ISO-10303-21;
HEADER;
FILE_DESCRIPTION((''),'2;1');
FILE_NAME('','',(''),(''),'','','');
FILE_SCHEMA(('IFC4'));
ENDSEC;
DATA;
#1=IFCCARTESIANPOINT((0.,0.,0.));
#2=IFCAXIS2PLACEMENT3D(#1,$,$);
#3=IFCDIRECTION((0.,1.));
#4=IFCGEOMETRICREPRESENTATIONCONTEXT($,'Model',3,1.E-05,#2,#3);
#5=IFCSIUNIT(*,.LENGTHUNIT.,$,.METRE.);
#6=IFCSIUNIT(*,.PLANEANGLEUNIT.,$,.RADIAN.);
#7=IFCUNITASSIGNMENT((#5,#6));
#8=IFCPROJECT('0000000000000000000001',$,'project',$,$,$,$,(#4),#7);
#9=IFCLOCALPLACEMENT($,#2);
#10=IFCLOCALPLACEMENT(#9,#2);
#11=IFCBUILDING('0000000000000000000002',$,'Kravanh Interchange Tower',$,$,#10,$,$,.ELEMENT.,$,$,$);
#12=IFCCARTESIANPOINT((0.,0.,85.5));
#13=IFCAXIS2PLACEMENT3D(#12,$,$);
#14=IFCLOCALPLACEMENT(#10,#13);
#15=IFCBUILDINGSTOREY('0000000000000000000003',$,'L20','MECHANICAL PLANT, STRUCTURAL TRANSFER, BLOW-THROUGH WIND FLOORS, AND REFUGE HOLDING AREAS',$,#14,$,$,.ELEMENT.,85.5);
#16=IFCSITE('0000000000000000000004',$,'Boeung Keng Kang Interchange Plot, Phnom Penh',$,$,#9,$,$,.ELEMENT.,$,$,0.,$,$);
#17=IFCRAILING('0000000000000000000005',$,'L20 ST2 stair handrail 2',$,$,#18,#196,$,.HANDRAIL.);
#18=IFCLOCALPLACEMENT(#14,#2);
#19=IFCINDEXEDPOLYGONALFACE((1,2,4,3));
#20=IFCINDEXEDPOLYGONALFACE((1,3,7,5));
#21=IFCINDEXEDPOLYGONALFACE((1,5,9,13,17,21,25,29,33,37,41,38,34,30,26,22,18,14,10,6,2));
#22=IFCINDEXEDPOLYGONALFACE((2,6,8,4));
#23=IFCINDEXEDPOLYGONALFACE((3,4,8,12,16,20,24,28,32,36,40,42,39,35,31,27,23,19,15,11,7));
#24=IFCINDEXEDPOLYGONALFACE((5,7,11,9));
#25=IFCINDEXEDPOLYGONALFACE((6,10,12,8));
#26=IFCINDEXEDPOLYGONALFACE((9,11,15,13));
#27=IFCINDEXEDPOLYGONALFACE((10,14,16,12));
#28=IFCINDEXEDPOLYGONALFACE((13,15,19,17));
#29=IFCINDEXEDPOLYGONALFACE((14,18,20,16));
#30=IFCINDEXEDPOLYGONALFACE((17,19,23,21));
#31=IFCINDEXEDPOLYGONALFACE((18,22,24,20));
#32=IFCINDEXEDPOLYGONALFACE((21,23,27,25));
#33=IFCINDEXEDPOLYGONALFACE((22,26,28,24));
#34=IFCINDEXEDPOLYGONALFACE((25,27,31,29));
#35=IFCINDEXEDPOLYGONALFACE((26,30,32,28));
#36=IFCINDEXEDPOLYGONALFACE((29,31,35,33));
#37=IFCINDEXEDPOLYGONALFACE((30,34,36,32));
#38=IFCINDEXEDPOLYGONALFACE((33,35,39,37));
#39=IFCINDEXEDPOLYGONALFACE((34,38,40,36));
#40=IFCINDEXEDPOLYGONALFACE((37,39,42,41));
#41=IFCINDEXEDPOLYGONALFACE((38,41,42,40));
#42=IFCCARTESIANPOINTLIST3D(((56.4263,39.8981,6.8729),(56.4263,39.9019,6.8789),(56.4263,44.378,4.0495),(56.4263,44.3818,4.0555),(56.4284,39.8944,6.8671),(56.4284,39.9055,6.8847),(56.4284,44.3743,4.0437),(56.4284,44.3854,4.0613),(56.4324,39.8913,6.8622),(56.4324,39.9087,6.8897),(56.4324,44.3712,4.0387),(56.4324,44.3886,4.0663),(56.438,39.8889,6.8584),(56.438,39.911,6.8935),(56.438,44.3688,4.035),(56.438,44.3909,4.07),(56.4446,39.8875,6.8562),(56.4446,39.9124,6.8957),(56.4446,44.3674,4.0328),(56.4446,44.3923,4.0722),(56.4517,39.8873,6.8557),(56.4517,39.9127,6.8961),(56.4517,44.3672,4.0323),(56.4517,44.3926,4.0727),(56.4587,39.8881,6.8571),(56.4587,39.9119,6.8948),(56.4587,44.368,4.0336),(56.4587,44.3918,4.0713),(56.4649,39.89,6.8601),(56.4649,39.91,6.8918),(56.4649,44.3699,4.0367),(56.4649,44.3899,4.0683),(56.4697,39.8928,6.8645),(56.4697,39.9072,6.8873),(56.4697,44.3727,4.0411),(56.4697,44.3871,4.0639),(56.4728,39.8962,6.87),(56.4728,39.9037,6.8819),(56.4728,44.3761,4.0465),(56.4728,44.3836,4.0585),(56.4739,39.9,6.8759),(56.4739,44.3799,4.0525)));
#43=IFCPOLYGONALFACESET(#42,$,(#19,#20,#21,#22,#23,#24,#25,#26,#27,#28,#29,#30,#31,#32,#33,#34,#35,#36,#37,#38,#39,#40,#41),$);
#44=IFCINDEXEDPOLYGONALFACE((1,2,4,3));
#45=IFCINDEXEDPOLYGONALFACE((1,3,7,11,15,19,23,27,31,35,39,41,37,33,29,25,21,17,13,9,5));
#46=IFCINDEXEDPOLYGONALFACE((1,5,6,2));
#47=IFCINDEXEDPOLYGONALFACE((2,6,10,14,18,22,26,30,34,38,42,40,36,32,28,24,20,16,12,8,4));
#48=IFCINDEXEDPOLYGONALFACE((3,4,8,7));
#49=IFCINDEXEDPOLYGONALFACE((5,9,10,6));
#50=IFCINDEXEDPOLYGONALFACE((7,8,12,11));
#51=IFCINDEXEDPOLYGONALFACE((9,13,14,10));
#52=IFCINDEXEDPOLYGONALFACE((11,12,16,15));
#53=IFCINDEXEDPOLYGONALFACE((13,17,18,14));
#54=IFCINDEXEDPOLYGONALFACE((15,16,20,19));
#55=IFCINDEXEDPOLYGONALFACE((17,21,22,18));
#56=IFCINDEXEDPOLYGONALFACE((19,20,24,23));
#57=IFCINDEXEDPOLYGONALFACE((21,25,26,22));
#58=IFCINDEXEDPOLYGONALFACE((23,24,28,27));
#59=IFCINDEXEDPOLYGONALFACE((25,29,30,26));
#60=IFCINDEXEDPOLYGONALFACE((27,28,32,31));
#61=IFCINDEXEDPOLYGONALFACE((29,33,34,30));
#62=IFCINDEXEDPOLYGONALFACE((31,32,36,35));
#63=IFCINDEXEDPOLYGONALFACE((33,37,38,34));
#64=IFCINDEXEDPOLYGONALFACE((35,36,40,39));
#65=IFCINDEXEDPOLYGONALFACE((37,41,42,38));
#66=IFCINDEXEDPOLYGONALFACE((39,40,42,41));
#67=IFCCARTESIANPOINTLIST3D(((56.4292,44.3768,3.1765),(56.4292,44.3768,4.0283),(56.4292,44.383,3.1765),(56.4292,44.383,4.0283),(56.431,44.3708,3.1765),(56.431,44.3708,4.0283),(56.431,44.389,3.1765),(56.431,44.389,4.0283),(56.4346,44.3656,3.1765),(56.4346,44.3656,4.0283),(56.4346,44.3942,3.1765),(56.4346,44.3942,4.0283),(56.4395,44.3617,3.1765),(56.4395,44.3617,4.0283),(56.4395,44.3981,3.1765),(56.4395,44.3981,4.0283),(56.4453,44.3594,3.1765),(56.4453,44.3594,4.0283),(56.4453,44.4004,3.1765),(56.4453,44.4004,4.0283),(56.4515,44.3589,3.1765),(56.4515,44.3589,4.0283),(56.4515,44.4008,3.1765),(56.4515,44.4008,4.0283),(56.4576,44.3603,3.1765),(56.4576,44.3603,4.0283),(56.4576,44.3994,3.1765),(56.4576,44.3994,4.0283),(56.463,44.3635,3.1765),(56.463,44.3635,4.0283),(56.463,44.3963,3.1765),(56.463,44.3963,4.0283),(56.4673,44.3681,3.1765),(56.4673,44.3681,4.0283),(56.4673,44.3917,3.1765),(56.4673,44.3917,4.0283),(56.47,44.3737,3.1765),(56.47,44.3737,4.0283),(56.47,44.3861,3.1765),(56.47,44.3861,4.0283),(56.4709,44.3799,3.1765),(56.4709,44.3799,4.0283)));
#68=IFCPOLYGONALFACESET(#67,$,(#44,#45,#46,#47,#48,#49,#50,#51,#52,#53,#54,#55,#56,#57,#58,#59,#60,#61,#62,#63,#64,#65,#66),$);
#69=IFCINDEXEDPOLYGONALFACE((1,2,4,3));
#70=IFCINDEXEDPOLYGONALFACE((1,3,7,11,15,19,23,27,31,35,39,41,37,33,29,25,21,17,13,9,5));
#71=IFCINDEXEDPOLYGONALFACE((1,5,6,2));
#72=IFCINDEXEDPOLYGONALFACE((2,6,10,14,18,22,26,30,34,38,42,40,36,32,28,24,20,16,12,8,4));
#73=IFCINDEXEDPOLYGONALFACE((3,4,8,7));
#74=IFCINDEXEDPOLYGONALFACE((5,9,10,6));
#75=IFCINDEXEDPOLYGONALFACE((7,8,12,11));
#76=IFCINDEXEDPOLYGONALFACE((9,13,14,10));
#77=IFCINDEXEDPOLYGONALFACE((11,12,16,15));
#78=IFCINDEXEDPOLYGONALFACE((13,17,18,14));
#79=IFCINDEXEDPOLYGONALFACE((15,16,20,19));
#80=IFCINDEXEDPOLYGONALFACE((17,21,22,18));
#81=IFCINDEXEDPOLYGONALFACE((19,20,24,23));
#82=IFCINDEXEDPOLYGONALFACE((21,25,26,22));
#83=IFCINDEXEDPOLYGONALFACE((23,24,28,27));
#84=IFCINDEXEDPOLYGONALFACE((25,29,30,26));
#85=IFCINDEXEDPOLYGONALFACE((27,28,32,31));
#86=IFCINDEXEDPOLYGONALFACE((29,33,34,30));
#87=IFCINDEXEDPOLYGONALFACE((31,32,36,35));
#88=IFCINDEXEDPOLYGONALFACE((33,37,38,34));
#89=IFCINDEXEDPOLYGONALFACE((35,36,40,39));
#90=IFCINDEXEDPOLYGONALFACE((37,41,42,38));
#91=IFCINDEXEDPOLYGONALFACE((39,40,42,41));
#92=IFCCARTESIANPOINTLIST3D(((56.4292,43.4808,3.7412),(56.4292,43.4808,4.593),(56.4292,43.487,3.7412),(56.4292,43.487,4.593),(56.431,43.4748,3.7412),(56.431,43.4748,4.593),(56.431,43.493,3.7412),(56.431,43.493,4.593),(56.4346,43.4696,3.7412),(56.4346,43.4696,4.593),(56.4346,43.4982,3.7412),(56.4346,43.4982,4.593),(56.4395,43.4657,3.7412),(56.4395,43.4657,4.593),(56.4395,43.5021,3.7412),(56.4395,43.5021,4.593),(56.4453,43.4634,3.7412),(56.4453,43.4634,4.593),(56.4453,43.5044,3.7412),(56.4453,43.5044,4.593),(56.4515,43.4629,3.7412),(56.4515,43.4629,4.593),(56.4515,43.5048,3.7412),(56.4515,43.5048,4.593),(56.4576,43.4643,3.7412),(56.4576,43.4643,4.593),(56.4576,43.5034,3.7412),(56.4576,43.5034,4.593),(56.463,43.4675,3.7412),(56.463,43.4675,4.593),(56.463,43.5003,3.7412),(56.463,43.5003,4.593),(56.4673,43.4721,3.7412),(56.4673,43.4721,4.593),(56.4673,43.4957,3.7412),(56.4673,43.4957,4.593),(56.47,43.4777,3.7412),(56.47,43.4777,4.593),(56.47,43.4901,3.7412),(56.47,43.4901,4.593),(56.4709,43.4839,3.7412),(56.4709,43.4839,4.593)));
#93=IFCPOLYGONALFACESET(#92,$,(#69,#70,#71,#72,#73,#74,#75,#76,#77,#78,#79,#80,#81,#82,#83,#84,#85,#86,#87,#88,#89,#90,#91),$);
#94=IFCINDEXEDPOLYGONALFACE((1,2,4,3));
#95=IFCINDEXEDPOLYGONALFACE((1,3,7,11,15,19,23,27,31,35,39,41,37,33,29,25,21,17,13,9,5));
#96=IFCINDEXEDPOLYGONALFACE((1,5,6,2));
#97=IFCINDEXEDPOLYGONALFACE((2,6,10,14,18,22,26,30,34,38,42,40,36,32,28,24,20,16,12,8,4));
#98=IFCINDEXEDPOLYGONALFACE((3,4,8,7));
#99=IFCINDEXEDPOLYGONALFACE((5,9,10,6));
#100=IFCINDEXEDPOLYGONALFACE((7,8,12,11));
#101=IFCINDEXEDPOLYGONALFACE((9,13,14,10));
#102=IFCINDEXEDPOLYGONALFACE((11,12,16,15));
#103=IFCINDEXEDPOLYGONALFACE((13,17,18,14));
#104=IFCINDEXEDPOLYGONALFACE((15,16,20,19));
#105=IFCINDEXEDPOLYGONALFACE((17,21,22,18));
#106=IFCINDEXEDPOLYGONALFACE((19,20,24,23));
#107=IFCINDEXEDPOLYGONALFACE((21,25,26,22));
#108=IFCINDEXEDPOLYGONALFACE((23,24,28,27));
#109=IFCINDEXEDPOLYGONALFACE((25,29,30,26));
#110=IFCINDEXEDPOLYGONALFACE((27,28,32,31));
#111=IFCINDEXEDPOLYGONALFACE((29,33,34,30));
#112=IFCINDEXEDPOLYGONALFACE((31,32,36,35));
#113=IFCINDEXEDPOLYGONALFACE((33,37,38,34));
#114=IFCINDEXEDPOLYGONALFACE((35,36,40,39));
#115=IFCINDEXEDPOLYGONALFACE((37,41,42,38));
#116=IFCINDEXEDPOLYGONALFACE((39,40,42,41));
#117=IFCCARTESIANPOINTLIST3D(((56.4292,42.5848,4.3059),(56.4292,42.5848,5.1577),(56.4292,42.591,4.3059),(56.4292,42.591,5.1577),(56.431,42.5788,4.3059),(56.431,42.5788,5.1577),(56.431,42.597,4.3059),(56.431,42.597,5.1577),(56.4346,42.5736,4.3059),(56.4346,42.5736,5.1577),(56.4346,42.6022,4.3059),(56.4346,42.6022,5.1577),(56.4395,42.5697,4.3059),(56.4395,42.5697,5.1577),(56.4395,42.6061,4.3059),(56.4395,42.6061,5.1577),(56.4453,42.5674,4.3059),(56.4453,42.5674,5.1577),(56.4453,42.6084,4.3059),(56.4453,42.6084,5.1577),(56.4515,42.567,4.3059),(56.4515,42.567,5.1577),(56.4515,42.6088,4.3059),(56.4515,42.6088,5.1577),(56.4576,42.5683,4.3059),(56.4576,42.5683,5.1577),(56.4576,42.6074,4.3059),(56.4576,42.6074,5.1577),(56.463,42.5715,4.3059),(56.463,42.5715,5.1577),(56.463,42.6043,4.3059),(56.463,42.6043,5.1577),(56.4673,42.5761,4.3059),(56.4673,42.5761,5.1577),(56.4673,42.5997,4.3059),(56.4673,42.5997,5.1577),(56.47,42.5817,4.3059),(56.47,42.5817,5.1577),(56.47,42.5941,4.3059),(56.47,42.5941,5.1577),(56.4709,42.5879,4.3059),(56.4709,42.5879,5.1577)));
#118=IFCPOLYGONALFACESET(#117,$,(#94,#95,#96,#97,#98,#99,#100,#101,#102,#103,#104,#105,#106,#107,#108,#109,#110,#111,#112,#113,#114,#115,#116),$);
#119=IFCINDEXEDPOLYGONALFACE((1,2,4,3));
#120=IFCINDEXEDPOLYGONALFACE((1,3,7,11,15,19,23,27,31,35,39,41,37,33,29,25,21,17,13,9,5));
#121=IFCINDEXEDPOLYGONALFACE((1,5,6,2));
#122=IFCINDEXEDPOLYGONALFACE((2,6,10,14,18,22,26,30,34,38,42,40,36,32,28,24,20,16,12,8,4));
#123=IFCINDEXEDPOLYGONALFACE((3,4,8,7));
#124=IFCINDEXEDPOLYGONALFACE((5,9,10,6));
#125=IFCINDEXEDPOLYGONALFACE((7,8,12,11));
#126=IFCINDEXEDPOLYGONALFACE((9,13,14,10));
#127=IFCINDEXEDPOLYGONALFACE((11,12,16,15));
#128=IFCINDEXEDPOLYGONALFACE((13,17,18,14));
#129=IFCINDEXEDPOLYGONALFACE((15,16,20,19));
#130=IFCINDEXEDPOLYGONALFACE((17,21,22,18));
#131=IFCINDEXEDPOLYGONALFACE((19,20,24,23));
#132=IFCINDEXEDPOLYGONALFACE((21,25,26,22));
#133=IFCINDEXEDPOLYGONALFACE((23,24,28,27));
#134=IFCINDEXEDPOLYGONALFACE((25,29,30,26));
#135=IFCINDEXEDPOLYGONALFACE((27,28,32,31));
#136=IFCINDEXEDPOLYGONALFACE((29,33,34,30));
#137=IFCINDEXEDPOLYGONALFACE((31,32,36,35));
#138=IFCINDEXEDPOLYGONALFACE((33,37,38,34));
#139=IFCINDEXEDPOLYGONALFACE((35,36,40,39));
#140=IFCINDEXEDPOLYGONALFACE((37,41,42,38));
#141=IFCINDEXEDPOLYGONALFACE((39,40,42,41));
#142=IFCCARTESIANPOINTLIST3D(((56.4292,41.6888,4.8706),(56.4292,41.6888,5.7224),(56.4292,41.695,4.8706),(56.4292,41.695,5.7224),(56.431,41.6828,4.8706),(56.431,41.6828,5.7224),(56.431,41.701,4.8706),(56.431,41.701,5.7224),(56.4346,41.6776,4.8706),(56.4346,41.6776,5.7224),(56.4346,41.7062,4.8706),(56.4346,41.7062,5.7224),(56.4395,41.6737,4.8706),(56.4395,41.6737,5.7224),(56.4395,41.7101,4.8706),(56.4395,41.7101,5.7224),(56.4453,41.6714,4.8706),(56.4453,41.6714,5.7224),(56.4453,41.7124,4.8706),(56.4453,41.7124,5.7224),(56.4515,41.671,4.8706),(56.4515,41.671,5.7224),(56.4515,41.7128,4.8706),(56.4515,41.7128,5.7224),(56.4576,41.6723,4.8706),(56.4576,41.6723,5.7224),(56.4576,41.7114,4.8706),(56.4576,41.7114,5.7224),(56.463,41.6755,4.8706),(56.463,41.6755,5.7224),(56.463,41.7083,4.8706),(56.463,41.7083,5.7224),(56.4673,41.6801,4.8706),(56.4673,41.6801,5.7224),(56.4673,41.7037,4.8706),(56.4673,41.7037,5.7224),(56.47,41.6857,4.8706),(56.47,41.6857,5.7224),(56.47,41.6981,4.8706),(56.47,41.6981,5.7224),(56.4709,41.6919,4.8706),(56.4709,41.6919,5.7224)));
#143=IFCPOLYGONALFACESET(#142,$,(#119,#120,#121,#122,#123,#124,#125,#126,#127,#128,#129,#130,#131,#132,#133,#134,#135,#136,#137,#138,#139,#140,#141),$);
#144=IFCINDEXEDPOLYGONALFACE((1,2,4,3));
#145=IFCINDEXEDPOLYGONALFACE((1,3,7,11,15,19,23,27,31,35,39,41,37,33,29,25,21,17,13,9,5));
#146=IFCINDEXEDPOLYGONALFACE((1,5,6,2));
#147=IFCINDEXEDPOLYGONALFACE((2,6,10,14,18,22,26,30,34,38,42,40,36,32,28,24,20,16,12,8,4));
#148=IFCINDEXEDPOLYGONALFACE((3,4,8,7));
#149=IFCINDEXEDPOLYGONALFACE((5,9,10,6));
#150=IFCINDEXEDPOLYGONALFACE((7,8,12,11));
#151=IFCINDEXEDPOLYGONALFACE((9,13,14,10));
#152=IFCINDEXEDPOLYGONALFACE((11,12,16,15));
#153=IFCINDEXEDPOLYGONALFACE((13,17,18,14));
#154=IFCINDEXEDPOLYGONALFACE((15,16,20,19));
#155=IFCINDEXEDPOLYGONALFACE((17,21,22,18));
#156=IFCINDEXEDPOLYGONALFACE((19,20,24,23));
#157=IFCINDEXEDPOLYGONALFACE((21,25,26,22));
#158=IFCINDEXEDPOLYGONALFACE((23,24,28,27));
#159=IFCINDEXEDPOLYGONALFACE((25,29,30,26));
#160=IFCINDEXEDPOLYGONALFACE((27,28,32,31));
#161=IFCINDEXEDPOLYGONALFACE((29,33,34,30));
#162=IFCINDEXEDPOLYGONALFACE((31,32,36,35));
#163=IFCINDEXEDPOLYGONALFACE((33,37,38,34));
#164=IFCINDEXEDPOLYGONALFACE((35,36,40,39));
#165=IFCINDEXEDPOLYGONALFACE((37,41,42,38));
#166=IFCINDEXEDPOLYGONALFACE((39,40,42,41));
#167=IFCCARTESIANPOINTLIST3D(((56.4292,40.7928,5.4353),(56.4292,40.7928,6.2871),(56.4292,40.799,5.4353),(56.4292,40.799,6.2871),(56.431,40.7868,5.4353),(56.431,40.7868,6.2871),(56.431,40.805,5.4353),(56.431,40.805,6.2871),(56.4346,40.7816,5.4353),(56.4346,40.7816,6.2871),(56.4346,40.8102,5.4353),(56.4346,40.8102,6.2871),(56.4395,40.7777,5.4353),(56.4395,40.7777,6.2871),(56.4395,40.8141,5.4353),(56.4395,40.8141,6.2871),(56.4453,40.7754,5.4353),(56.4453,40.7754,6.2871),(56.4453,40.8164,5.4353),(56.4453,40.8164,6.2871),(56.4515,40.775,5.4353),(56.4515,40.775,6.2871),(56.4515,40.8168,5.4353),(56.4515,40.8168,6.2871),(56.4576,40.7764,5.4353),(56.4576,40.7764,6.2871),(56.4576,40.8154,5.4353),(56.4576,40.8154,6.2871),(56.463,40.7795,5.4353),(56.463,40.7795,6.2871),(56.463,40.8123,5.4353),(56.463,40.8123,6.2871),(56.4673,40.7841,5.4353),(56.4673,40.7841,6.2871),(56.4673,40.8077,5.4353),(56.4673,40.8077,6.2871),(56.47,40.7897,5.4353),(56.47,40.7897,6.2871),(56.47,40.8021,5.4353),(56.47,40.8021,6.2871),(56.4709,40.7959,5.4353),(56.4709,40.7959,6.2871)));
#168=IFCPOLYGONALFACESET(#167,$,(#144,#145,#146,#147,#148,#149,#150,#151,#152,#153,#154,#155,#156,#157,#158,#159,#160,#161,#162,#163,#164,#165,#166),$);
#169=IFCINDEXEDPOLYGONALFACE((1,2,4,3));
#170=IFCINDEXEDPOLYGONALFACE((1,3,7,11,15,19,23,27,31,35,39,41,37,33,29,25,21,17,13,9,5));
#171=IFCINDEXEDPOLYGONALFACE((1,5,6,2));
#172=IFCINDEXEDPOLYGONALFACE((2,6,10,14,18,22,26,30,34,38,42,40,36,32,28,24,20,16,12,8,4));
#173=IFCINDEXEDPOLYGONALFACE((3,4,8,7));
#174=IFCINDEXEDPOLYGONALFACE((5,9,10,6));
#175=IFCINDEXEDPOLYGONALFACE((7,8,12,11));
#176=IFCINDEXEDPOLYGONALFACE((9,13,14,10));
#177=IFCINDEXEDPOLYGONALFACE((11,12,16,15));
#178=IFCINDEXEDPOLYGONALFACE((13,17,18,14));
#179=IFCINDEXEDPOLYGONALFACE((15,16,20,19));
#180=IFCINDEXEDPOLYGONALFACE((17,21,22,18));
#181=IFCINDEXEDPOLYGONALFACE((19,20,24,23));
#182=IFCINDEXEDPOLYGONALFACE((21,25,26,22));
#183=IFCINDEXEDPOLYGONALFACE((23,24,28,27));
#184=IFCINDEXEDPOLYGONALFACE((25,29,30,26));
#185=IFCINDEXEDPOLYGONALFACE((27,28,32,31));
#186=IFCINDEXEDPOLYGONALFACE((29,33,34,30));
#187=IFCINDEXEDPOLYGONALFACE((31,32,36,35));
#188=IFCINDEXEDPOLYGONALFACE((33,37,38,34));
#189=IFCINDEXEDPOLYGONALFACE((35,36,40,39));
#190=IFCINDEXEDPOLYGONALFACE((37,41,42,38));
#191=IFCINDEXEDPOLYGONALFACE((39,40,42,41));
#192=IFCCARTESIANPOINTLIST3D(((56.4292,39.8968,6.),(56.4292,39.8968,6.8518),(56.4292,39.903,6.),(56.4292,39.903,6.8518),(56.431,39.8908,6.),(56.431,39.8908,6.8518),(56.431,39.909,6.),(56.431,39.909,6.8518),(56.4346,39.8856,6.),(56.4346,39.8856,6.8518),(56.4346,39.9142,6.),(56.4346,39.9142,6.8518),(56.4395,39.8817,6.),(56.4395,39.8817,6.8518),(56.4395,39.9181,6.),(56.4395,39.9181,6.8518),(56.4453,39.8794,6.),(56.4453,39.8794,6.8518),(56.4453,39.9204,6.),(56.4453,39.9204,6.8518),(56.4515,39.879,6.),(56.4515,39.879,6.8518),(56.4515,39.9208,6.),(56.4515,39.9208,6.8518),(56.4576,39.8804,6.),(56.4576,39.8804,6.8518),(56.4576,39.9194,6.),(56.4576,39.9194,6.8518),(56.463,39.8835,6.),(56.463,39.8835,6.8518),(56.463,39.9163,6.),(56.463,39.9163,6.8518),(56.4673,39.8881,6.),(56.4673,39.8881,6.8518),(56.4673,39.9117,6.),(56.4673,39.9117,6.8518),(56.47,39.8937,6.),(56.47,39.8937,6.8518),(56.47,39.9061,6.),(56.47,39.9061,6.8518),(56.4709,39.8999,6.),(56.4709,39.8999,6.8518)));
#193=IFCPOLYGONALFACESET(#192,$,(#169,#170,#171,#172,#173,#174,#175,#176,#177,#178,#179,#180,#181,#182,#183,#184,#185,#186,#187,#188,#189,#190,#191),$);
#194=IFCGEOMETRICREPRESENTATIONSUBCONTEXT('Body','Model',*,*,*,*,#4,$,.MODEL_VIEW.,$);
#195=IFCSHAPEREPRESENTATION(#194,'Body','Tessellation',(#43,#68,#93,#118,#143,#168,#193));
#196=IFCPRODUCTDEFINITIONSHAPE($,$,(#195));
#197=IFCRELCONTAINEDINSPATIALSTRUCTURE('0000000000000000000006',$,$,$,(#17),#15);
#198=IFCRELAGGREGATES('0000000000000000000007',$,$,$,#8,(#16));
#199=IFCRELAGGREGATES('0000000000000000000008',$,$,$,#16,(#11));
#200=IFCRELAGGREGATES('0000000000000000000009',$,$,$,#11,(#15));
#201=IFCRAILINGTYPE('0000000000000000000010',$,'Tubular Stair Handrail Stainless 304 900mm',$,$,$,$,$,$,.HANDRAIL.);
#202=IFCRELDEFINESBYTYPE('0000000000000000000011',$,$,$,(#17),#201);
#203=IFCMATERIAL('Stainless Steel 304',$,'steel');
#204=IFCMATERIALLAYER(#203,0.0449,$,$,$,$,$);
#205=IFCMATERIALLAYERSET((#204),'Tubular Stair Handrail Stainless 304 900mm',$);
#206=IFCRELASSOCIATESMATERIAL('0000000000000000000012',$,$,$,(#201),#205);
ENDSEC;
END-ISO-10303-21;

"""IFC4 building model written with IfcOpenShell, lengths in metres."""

from ifc_helpers import new_model, si_unit, direction, frame, origin, origin_2d, place, context, subcontext, project, spatial, circle, extrude, material, layer, layer_set, type_object, element, save


model = new_model("IFC4")

# Units and contexts
model_context = context("Model", 3, precision=1e-05, world=origin(), true_north=direction((0.0, 1.0)))
body_context = subcontext(model_context, "Body", "Model", "MODEL_VIEW")
ifc_project = project(units=[si_unit("LENGTHUNIT", "METRE"), si_unit("PLANEANGLEUNIT", "RADIAN")], contexts=[model_context])

# Site, building, storey
site_placement = place(None, origin())
site = spatial("IfcSite", under=ifc_project, at=site_placement, Name="Boeung Keng Kang Interchange Plot, Phnom Penh", CompositionType="ELEMENT", RefElevation=0.0)
building_placement = place(site_placement, origin())
building = spatial("IfcBuilding", under=site, at=building_placement, Name="Kravanh Interchange Tower", CompositionType="ELEMENT")
storey_placement = place(building_placement, frame((0.0, 0.0, 85.5)))
storey = spatial("IfcBuildingStorey", under=building, at=storey_placement, Name="L20", Description="MECHANICAL PLANT, STRUCTURAL TRANSFER, BLOW-THROUGH WIND FLOORS, AND REFUGE HOLDING AREAS", CompositionType="ELEMENT", Elevation=85.5)

# Railing
ifc_material_1 = material(Name="Stainless Steel 304", Category="steel")
ifc_layer_1 = layer(ifc_material_1, 0.0449)
ifc_layer_set_1 = layer_set([ifc_layer_1], Name="Tubular Stair Handrail Stainless 304 900mm")
railing_type_1 = type_object("IfcRailingType", Name="Tubular Stair Handrail Stainless 304 900mm", PredefinedType="HANDRAIL", material=ifc_layer_set_1)
railing_1_placement = place(storey_placement, frame((56.45, 44.3799, 3.1765)))
element("IfcRailing", 1, at=railing_1_placement, inside=storey, type_object=railing_type_1, Name="L20 ST2 stair handrail 2", PredefinedType="HANDRAIL", context=body_context, shape_type="SweptSolid", body=[
    extrude(circle(Radius=0.0239, at=origin_2d()), frame((0.0, 0.0, 0.876), z_axis=(0.0, -0.845998, 0.533186), x_axis=(1.0, 0.0, 0.0)), (0.0, 0.0, 1.0), 5.2954),
    extrude(circle(Radius=0.021, at=origin_2d()), origin(), (0.0, 0.0, 1.0), 0.8518),
    extrude(circle(Radius=0.021, at=origin_2d()), frame((0.0, -0.896, 0.5647)), (0.0, 0.0, 1.0), 0.8518),
    extrude(circle(Radius=0.021, at=origin_2d()), frame((0.0, -1.792, 1.1294)), (0.0, 0.0, 1.0), 0.8518),
    extrude(circle(Radius=0.021, at=origin_2d()), frame((0.0, -2.688, 1.6941)), (0.0, 0.0, 1.0), 0.8518),
    extrude(circle(Radius=0.021, at=origin_2d()), frame((0.0, -3.584, 2.2588)), (0.0, 0.0, 1.0), 0.8518),
    extrude(circle(Radius=0.021, at=origin_2d()), frame((0.0, -4.48, 2.8235)), (0.0, 0.0, 1.0), 0.8518),
])

save(model, "model.ifc")
